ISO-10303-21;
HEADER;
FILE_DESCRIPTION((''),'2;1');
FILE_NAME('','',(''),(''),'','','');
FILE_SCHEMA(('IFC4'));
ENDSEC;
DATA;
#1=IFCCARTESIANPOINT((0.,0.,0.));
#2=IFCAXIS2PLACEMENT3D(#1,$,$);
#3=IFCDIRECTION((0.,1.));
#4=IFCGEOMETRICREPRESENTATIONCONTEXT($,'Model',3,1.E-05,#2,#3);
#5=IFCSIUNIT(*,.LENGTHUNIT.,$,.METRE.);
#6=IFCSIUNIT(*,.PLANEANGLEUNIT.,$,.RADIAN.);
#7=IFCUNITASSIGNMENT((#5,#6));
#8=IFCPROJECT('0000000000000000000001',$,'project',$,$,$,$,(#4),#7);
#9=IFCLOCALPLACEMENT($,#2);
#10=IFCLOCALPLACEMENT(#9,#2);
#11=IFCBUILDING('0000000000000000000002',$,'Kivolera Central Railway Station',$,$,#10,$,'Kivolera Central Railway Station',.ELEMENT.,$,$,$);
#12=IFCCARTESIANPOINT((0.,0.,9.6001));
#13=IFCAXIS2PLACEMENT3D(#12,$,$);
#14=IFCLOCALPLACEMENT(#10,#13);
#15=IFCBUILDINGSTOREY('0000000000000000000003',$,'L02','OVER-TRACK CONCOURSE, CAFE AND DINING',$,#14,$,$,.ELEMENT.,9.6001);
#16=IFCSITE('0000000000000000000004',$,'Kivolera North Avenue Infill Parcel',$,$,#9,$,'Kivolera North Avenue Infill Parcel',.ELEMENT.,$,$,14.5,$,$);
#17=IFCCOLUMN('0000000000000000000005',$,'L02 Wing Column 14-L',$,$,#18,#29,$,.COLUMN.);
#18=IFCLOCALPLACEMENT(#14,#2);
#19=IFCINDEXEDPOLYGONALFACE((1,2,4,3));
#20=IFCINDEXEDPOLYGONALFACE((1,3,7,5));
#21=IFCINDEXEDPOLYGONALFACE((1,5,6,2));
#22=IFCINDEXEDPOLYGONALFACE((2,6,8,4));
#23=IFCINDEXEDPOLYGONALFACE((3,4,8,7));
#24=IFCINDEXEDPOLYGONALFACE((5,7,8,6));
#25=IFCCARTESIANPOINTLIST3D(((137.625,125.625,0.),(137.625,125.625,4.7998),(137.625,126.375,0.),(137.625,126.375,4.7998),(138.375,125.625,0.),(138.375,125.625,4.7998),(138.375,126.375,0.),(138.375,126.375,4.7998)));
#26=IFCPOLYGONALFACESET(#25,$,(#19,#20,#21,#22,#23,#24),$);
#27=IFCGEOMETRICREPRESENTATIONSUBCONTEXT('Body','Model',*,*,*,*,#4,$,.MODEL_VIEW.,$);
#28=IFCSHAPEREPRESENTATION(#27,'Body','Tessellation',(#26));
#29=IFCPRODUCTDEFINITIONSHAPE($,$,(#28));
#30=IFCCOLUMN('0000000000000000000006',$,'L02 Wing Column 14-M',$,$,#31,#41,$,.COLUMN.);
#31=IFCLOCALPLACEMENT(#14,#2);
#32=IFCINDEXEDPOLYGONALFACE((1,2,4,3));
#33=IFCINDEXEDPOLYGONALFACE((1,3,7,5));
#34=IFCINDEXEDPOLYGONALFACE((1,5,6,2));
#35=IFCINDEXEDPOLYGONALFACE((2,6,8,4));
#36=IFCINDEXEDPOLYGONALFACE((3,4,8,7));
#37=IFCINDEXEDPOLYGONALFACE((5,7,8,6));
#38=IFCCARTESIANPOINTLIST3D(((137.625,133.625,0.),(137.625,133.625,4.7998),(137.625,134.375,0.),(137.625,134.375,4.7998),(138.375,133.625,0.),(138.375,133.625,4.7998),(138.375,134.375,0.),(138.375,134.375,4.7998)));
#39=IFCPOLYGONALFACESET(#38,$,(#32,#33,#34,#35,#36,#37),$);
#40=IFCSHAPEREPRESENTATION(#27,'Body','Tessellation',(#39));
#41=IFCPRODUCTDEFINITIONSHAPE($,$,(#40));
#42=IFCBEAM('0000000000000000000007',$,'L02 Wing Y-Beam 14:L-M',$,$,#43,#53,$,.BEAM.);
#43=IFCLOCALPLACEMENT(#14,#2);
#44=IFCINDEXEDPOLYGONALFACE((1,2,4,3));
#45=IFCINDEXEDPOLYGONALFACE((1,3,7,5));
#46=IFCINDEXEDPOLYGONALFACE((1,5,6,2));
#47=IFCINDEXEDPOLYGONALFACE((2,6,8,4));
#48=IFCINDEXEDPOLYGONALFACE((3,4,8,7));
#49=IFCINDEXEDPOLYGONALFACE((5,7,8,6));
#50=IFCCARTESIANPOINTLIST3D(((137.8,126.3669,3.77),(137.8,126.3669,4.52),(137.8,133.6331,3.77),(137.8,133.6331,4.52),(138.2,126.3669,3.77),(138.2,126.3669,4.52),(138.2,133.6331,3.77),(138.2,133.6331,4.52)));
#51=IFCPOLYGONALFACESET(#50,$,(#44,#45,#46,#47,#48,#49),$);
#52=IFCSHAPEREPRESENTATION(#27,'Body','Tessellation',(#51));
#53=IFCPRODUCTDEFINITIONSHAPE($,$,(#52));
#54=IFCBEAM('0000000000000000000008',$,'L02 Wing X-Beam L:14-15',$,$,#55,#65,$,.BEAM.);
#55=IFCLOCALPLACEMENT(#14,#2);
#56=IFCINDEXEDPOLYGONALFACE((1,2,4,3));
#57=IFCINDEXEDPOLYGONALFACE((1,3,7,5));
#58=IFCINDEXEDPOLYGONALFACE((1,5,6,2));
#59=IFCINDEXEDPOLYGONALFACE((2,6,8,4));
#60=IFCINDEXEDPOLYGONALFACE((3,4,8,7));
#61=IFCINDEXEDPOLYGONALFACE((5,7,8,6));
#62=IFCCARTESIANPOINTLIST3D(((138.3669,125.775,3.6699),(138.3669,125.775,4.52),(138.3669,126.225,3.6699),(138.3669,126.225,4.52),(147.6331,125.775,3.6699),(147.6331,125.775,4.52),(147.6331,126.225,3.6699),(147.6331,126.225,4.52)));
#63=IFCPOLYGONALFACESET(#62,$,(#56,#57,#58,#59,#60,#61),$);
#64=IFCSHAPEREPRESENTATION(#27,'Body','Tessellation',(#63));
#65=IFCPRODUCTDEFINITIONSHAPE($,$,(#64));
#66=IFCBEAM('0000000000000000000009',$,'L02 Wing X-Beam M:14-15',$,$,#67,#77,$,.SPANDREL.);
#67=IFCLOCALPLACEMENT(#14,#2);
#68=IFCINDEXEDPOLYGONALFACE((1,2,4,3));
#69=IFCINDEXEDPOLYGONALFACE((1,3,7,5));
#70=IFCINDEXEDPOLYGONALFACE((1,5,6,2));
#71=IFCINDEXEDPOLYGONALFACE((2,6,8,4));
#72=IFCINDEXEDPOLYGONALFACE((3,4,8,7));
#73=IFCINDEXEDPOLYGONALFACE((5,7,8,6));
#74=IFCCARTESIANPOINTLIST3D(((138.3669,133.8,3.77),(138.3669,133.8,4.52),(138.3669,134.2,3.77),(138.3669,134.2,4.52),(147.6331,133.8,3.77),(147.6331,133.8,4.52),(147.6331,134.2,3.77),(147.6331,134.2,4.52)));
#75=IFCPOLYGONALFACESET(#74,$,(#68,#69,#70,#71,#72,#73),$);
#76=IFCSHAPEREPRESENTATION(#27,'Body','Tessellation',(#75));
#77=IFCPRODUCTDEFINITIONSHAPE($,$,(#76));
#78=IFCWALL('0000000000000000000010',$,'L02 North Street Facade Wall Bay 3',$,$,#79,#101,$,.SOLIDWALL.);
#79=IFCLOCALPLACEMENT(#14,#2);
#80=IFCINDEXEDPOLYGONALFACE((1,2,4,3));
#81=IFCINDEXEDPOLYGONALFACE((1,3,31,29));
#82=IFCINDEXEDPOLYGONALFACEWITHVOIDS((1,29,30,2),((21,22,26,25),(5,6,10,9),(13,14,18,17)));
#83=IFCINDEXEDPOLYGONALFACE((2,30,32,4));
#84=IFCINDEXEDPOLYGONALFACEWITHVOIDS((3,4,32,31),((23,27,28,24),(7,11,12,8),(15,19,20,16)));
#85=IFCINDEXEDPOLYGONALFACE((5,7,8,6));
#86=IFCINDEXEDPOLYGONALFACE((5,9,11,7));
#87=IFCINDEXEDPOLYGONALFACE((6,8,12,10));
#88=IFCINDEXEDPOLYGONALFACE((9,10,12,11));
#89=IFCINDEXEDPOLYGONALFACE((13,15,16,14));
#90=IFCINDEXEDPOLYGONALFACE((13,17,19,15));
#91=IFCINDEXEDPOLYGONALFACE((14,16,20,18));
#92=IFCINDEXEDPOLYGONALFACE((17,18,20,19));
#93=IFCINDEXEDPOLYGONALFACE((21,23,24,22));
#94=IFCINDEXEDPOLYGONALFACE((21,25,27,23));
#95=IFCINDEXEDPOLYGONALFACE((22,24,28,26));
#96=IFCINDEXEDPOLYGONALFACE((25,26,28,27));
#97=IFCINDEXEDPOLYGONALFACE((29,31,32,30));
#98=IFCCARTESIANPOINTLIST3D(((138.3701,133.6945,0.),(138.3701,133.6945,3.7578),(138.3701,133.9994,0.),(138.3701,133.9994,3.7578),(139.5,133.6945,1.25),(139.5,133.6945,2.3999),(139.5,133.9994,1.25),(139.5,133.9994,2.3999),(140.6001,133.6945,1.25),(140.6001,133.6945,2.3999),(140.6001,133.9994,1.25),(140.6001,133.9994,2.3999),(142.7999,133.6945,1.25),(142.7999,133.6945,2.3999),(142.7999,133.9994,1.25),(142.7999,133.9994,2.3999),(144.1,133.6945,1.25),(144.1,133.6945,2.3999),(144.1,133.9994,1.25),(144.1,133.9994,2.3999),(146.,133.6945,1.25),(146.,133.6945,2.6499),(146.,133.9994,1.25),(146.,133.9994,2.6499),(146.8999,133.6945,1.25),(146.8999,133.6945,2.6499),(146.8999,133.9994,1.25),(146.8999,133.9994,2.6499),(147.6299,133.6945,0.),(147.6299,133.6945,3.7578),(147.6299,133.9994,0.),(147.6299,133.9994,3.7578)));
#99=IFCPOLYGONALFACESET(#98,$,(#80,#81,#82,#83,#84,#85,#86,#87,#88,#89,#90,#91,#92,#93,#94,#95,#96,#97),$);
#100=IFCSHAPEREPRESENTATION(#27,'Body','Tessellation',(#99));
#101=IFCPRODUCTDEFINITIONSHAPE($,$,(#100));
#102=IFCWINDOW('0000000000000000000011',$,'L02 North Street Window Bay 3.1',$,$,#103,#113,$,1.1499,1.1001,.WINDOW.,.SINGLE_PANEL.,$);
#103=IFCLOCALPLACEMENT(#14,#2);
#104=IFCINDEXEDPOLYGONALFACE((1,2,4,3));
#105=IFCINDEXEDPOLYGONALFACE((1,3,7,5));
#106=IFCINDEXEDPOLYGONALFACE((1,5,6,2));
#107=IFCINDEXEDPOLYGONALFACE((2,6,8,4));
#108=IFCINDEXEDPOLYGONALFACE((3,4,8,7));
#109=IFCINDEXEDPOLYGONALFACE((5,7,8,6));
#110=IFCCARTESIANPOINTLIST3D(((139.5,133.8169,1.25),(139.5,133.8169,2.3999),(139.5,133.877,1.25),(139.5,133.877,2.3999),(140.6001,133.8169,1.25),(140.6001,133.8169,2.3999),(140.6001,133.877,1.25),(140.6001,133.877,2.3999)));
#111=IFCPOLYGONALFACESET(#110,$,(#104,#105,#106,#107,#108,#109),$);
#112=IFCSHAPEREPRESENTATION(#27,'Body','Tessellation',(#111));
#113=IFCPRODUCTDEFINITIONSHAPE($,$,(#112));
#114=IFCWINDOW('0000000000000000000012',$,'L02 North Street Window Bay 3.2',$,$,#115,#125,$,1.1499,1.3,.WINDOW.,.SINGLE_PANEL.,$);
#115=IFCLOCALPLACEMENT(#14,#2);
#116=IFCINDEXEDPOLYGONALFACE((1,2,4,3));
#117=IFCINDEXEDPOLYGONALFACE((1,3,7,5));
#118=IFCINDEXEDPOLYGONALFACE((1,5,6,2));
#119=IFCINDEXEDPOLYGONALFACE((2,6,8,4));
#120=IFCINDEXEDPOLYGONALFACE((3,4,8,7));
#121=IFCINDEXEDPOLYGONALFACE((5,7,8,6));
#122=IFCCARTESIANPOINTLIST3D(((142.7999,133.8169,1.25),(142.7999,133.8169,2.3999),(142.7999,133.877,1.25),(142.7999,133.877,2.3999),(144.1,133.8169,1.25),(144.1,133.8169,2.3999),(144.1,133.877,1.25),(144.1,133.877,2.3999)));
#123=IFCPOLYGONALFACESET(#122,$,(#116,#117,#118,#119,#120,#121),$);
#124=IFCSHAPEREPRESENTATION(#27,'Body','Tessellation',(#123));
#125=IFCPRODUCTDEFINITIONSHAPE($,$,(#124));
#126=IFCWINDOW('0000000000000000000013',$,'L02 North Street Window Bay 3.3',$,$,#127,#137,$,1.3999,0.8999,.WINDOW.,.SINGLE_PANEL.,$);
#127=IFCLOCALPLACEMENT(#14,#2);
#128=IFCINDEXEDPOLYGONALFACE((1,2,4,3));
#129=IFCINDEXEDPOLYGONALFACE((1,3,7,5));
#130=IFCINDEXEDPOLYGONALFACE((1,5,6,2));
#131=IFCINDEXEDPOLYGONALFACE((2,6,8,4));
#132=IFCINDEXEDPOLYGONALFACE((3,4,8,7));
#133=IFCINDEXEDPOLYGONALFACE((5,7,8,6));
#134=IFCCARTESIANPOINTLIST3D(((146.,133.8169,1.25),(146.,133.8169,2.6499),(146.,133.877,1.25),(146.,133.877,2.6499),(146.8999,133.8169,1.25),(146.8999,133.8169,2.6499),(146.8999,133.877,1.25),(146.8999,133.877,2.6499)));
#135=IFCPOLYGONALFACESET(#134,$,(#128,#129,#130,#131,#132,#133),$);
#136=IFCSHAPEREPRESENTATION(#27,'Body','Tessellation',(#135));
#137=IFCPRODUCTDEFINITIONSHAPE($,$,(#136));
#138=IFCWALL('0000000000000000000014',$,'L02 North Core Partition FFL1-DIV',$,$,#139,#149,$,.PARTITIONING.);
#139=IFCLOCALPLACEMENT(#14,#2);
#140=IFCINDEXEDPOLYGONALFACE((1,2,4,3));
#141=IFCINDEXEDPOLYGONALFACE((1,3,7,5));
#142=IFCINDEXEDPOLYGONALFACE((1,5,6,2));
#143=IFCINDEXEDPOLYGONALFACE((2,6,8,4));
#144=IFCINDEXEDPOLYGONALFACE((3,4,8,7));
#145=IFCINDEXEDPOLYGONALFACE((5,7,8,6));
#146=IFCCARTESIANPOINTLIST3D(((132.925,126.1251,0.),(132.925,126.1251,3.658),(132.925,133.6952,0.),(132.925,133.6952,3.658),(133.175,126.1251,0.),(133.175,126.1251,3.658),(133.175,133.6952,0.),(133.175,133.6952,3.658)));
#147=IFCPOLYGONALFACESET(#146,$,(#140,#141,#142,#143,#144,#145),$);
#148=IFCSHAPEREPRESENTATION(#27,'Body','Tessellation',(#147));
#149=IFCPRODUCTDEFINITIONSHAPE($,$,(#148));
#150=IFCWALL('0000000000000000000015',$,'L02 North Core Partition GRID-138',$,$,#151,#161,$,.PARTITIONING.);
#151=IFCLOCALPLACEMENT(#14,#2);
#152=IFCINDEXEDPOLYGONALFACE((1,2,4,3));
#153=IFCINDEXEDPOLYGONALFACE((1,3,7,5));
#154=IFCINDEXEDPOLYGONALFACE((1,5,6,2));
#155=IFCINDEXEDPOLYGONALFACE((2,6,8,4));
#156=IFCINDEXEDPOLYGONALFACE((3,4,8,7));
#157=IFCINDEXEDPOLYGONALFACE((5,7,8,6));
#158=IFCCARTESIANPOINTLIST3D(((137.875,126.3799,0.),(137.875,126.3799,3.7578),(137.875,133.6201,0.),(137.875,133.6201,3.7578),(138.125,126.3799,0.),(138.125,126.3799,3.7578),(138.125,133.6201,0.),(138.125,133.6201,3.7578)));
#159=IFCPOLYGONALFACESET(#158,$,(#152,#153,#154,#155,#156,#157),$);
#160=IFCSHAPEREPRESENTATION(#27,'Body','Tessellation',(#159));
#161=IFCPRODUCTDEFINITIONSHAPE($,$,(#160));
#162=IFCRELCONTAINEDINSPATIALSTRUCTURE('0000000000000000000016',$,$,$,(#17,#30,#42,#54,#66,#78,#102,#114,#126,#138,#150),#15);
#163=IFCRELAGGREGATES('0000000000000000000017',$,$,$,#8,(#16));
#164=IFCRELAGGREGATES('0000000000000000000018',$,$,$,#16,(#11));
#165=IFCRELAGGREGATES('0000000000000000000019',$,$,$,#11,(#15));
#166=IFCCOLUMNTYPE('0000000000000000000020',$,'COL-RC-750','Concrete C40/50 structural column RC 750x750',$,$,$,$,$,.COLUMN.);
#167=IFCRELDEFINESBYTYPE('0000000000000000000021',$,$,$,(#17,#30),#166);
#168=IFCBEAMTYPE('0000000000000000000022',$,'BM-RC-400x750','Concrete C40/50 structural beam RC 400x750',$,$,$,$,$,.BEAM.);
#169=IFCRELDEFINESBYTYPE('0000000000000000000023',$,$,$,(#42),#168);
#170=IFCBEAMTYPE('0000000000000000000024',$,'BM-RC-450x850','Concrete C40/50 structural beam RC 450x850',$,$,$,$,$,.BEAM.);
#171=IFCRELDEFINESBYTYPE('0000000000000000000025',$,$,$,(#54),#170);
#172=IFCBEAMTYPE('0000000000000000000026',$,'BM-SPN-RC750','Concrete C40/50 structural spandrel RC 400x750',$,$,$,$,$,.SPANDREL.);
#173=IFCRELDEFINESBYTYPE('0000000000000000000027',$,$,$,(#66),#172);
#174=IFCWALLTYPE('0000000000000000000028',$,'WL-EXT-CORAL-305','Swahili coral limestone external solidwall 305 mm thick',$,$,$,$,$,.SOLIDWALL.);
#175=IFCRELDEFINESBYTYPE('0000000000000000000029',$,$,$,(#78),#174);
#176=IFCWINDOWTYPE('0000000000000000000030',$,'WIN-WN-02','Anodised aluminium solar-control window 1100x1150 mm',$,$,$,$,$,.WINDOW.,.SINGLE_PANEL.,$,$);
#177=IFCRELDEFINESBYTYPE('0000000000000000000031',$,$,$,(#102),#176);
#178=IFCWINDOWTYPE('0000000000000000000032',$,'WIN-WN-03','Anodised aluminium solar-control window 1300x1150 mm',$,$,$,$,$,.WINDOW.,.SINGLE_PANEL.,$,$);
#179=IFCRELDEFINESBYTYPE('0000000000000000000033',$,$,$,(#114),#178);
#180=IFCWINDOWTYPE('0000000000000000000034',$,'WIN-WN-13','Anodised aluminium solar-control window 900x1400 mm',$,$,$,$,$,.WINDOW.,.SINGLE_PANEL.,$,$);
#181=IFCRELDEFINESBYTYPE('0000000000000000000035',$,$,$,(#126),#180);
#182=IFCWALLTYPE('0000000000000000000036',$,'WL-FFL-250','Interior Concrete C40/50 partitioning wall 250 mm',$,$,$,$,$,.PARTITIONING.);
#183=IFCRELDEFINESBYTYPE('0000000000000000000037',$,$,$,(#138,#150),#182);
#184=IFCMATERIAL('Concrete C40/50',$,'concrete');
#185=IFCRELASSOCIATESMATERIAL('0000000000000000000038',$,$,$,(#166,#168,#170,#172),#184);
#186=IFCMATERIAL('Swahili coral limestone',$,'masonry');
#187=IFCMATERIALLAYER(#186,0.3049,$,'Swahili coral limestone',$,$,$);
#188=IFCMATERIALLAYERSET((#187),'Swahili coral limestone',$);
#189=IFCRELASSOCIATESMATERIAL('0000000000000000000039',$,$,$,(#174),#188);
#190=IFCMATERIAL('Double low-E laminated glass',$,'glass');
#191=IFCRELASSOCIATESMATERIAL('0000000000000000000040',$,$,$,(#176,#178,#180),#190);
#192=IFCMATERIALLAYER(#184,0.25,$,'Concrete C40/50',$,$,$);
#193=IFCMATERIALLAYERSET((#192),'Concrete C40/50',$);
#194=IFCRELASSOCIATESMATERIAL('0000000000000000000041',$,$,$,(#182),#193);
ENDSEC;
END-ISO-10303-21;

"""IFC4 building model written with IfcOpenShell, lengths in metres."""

from ifc_helpers import new_model, si_unit, direction, frame, frame_2d, origin, origin_2d, place, context, subcontext, project, spatial, rectangle, extrude, material, layer, layer_set, material_profile, profile_set, type_object, element, fill, save


model = new_model("IFC4")

# Units and contexts
model_context = context("Model", 3, precision=1e-05, world=origin(), true_north=direction((0.0, 1.0)))
body_context = subcontext(model_context, "Body", "Model", "MODEL_VIEW")
ifc_project = project(units=[si_unit("LENGTHUNIT", "METRE"), si_unit("PLANEANGLEUNIT", "RADIAN")], contexts=[model_context])

# Site, building, storey
site_placement = place(None, origin())
site = spatial("IfcSite", under=ifc_project, at=site_placement, Name="Kivolera North Avenue Infill Parcel", LongName="Kivolera North Avenue Infill Parcel", CompositionType="ELEMENT", RefElevation=14.5)
building_placement = place(site_placement, origin())
building = spatial("IfcBuilding", under=site, at=building_placement, Name="Kivolera Central Railway Station", LongName="Kivolera Central Railway Station", CompositionType="ELEMENT")
storey_placement = place(building_placement, frame((0.0, 0.0, 9.6001)))
storey = spatial("IfcBuildingStorey", under=building, at=storey_placement, Name="L02", Description="OVER-TRACK CONCOURSE, CAFE AND DINING", CompositionType="ELEMENT", Elevation=9.6001)

# Columns
ifc_material_1 = material(Name="Concrete C40/50", Category="concrete")
ifc_material_profile_1 = material_profile(ifc_material_1, rectangle(XDim=0.75, YDim=0.75, at=origin_2d()), Name="RC 750x750")
ifc_profile_set_1 = profile_set([ifc_material_profile_1], Name="Concrete C40/50")
column_type = type_object("IfcColumnType", Name="COL-RC-750", Description="Concrete C40/50 structural column RC 750x750", PredefinedType="COLUMN", material=ifc_profile_set_1)
for number, where, z_axis, x_axis, name in (
    (1, (138.0, 126.0, 0.0), (0.0, 0.0, 1.0), (1.0, 0.0, 0.0), "L02 Wing Column 14-L"),
    (2, (138.0, 134.0, 0.0), (0.0, 0.0, 1.0), (1.0, 0.0, 0.0), "L02 Wing Column 14-M"),
):
    element("IfcColumn", number, at=place(storey_placement, frame(where, z_axis=z_axis, x_axis=x_axis)), inside=storey, type_object=column_type, Name=name, PredefinedType="COLUMN", context=body_context, shape_type="SweptSolid", body=[
        extrude(rectangle(XDim=0.75, YDim=0.75, at=origin_2d()), origin(), (0.0, 0.0, 1.0), 4.7998),
    ])

# Beams
ifc_material_profile_2 = material_profile(ifc_material_1, rectangle(XDim=0.3999, YDim=0.75, at=origin_2d()), Name="RC 400x750")
ifc_profile_set_2 = profile_set([ifc_material_profile_2], Name="Concrete C40/50")
beam_type_1 = type_object("IfcBeamType", Name="BM-RC-400x750", Description="Concrete C40/50 structural beam RC 400x750", PredefinedType="BEAM", material=ifc_profile_set_2)
beam_1_placement = place(storey_placement, frame((138.0, 126.3669, 4.145), z_axis=(0.0, 1.0, 0.0), x_axis=(-1.0, 0.0, 0.0)))
element("IfcBeam", 3, at=beam_1_placement, inside=storey, type_object=beam_type_1, Name="L02 Wing Y-Beam 14:L-M", PredefinedType="BEAM", context=body_context, shape_type="SweptSolid", body=[
    extrude(rectangle(XDim=0.3999, YDim=0.75, at=origin_2d()), origin(), (0.0, 0.0, 1.0), 7.2661),
])
ifc_material_profile_3 = material_profile(ifc_material_1, rectangle(XDim=0.45, YDim=0.8501, at=origin_2d()), Name="RC 450x850")
ifc_profile_set_3 = profile_set([ifc_material_profile_3], Name="Concrete C40/50")
beam_type_2 = type_object("IfcBeamType", Name="BM-RC-450x850", Description="Concrete C40/50 structural beam RC 450x850", PredefinedType="BEAM", material=ifc_profile_set_3)
beam_2_placement = place(storey_placement, frame((138.3669, 126.0, 4.095), z_axis=(1.0, 0.0, 0.0), x_axis=(0.0, 1.0, 0.0)))
element("IfcBeam", 4, at=beam_2_placement, inside=storey, type_object=beam_type_2, Name="L02 Wing X-Beam L:14-15", PredefinedType="BEAM", context=body_context, shape_type="SweptSolid", body=[
    extrude(rectangle(XDim=0.45, YDim=0.8501, at=origin_2d()), origin(), (0.0, 0.0, 1.0), 9.2661),
])
ifc_material_profile_4 = material_profile(ifc_material_1, rectangle(XDim=0.3999, YDim=0.75, at=origin_2d()), Name="RC 400x750")
ifc_profile_set_4 = profile_set([ifc_material_profile_4], Name="Concrete C40/50")
beam_type_3 = type_object("IfcBeamType", Name="BM-SPN-RC750", Description="Concrete C40/50 structural spandrel RC 400x750", PredefinedType="SPANDREL", material=ifc_profile_set_4)
beam_3_placement = place(storey_placement, frame((138.3669, 134.0, 4.145), z_axis=(1.0, 0.0, 0.0), x_axis=(0.0, 1.0, 0.0)))
element("IfcBeam", 5, at=beam_3_placement, inside=storey, type_object=beam_type_3, Name="L02 Wing X-Beam M:14-15", PredefinedType="SPANDREL", context=body_context, shape_type="SweptSolid", body=[
    extrude(rectangle(XDim=0.3999, YDim=0.75, at=origin_2d()), origin(), (0.0, 0.0, 1.0), 9.2661),
])

# Wall, openings, windows
ifc_material_2 = material(Name="Swahili coral limestone", Category="masonry")
ifc_layer_1 = layer(ifc_material_2, 0.3049, Name="Swahili coral limestone")
ifc_layer_set_1 = layer_set([ifc_layer_1], Name="Swahili coral limestone")
wall_type_1 = type_object("IfcWallType", Name="WL-EXT-CORAL-305", Description="Swahili coral limestone external solidwall 305 mm thick", PredefinedType="SOLIDWALL", material=ifc_layer_set_1)
wall_1_placement = place(storey_placement, frame((138.3701, 133.8469, 0.0), z_axis=(0.0, 0.0, 1.0), x_axis=(1.0, 0.0, 0.0)))
wall_1 = element("IfcWall", 6, at=wall_1_placement, inside=storey, type_object=wall_type_1, Name="L02 North Street Facade Wall Bay 3", PredefinedType="SOLIDWALL", context=body_context, shape_type="SweptSolid", body=[
    extrude(rectangle(XDim=9.2598, YDim=0.3049, at=frame_2d((4.6299, 0.0))), origin(), (0.0, 0.0, 1.0), 3.7578),
])
opening_1_placement = place(wall_1_placement, frame((1.1299, 0.0, 1.25)))
opening_1 = element("IfcOpeningElement", 7, at=opening_1_placement, cuts=wall_1, PredefinedType="OPENING", context=body_context, shape_type="SweptSolid", body=[
    extrude(rectangle(XDim=1.1001, YDim=1.1499, at=frame_2d((0.55, 0.575))), frame((0.0, 0.1624, 0.0), z_axis=(0.0, -1.0, 0.0), x_axis=(1.0, 0.0, 0.0)), (0.0, 0.0, 1.0), 0.325),
])
opening_2_placement = place(wall_1_placement, frame((4.4299, 0.0, 1.25)))
opening_2 = element("IfcOpeningElement", 8, at=opening_2_placement, cuts=wall_1, PredefinedType="OPENING", context=body_context, shape_type="SweptSolid", body=[
    extrude(rectangle(XDim=1.3, YDim=1.1499, at=frame_2d((0.6499, 0.575))), frame((0.0, 0.1624, 0.0), z_axis=(0.0, -1.0, 0.0), x_axis=(1.0, 0.0, 0.0)), (0.0, 0.0, 1.0), 0.325),
])
opening_3_placement = place(wall_1_placement, frame((7.6299, 0.0, 1.25)))
opening_3 = element("IfcOpeningElement", 9, at=opening_3_placement, cuts=wall_1, PredefinedType="OPENING", context=body_context, shape_type="SweptSolid", body=[
    extrude(rectangle(XDim=0.8999, YDim=1.3999, at=frame_2d((0.45, 0.7))), frame((0.0, 0.1624, 0.0), z_axis=(0.0, -1.0, 0.0), x_axis=(1.0, 0.0, 0.0)), (0.0, 0.0, 1.0), 0.325),
])
ifc_material_3 = material(Name="Double low-E laminated glass", Category="glass")
window_type_1 = type_object("IfcWindowType", Name="WIN-WN-02", Description="Anodised aluminium solar-control window 1100x1150 mm", PartitioningType="SINGLE_PANEL", PredefinedType="WINDOW", material=ifc_material_3)
window_1_placement = place(opening_1_placement, origin())
window_1 = element("IfcWindow", 10, at=window_1_placement, inside=storey, type_object=window_type_1, Name="L02 North Street Window Bay 3.1", OverallHeight=1.1499, OverallWidth=1.1001, PartitioningType="SINGLE_PANEL", PredefinedType="WINDOW", context=body_context, shape_type="SweptSolid", body=[
    extrude(rectangle(XDim=1.1001, YDim=1.1499, at=frame_2d((0.55, 0.575))), frame((0.0, 0.03, 0.0), z_axis=(0.0, -1.0, 0.0), x_axis=(1.0, 0.0, 0.0)), (0.0, 0.0, 1.0), 0.0601),
])
fill(opening_1, window_1)
window_type_2 = type_object("IfcWindowType", Name="WIN-WN-03", Description="Anodised aluminium solar-control window 1300x1150 mm", PartitioningType="SINGLE_PANEL", PredefinedType="WINDOW", material=ifc_material_3)
window_2_placement = place(opening_2_placement, origin())
window_2 = element("IfcWindow", 11, at=window_2_placement, inside=storey, type_object=window_type_2, Name="L02 North Street Window Bay 3.2", OverallHeight=1.1499, OverallWidth=1.3, PartitioningType="SINGLE_PANEL", PredefinedType="WINDOW", context=body_context, shape_type="SweptSolid", body=[
    extrude(rectangle(XDim=1.3, YDim=1.1499, at=frame_2d((0.6499, 0.575))), frame((0.0, 0.03, 0.0), z_axis=(0.0, -1.0, 0.0), x_axis=(1.0, 0.0, 0.0)), (0.0, 0.0, 1.0), 0.0601),
])
fill(opening_2, window_2)
window_type_3 = type_object("IfcWindowType", Name="WIN-WN-13", Description="Anodised aluminium solar-control window 900x1400 mm", PartitioningType="SINGLE_PANEL", PredefinedType="WINDOW", material=ifc_material_3)
window_3_placement = place(opening_3_placement, origin())
window_3 = element("IfcWindow", 12, at=window_3_placement, inside=storey, type_object=window_type_3, Name="L02 North Street Window Bay 3.3", OverallHeight=1.3999, OverallWidth=0.8999, PartitioningType="SINGLE_PANEL", PredefinedType="WINDOW", context=body_context, shape_type="SweptSolid", body=[
    extrude(rectangle(XDim=0.8999, YDim=1.3999, at=frame_2d((0.45, 0.7))), frame((0.0, 0.03, 0.0), z_axis=(0.0, -1.0, 0.0), x_axis=(1.0, 0.0, 0.0)), (0.0, 0.0, 1.0), 0.0601),
])
fill(opening_3, window_3)

# Walls
ifc_layer_2 = layer(ifc_material_1, 0.25, Name="Concrete C40/50")
ifc_layer_set_2 = layer_set([ifc_layer_2], Name="Concrete C40/50")
wall_type_2 = type_object("IfcWallType", Name="WL-FFL-250", Description="Interior Concrete C40/50 partitioning wall 250 mm", PredefinedType="PARTITIONING", material=ifc_layer_set_2)
wall_2_placement = place(storey_placement, frame((133.05, 126.125, 0.0), z_axis=(0.0, 0.0, 1.0), x_axis=(0.0, 1.0, 0.0)))
element("IfcWall", 13, at=wall_2_placement, inside=storey, type_object=wall_type_2, Name="L02 North Core Partition FFL1-DIV", PredefinedType="PARTITIONING", context=body_context, shape_type="SweptSolid", body=[
    extrude(rectangle(XDim=7.5701, YDim=0.25, at=frame_2d((3.7852, 0.0))), origin(), (0.0, 0.0, 1.0), 3.658),
])
wall_3_placement = place(storey_placement, frame((138.0, 126.3799, 0.0), z_axis=(0.0, 0.0, 1.0), x_axis=(0.0, 1.0, 0.0)))
element("IfcWall", 14, at=wall_3_placement, inside=storey, type_object=wall_type_2, Name="L02 North Core Partition GRID-138", PredefinedType="PARTITIONING", context=body_context, shape_type="SweptSolid", body=[
    extrude(rectangle(XDim=7.2402, YDim=0.25, at=frame_2d((3.6201, 0.0))), origin(), (0.0, 0.0, 1.0), 3.7578),
])

save(model, "model.ifc")
